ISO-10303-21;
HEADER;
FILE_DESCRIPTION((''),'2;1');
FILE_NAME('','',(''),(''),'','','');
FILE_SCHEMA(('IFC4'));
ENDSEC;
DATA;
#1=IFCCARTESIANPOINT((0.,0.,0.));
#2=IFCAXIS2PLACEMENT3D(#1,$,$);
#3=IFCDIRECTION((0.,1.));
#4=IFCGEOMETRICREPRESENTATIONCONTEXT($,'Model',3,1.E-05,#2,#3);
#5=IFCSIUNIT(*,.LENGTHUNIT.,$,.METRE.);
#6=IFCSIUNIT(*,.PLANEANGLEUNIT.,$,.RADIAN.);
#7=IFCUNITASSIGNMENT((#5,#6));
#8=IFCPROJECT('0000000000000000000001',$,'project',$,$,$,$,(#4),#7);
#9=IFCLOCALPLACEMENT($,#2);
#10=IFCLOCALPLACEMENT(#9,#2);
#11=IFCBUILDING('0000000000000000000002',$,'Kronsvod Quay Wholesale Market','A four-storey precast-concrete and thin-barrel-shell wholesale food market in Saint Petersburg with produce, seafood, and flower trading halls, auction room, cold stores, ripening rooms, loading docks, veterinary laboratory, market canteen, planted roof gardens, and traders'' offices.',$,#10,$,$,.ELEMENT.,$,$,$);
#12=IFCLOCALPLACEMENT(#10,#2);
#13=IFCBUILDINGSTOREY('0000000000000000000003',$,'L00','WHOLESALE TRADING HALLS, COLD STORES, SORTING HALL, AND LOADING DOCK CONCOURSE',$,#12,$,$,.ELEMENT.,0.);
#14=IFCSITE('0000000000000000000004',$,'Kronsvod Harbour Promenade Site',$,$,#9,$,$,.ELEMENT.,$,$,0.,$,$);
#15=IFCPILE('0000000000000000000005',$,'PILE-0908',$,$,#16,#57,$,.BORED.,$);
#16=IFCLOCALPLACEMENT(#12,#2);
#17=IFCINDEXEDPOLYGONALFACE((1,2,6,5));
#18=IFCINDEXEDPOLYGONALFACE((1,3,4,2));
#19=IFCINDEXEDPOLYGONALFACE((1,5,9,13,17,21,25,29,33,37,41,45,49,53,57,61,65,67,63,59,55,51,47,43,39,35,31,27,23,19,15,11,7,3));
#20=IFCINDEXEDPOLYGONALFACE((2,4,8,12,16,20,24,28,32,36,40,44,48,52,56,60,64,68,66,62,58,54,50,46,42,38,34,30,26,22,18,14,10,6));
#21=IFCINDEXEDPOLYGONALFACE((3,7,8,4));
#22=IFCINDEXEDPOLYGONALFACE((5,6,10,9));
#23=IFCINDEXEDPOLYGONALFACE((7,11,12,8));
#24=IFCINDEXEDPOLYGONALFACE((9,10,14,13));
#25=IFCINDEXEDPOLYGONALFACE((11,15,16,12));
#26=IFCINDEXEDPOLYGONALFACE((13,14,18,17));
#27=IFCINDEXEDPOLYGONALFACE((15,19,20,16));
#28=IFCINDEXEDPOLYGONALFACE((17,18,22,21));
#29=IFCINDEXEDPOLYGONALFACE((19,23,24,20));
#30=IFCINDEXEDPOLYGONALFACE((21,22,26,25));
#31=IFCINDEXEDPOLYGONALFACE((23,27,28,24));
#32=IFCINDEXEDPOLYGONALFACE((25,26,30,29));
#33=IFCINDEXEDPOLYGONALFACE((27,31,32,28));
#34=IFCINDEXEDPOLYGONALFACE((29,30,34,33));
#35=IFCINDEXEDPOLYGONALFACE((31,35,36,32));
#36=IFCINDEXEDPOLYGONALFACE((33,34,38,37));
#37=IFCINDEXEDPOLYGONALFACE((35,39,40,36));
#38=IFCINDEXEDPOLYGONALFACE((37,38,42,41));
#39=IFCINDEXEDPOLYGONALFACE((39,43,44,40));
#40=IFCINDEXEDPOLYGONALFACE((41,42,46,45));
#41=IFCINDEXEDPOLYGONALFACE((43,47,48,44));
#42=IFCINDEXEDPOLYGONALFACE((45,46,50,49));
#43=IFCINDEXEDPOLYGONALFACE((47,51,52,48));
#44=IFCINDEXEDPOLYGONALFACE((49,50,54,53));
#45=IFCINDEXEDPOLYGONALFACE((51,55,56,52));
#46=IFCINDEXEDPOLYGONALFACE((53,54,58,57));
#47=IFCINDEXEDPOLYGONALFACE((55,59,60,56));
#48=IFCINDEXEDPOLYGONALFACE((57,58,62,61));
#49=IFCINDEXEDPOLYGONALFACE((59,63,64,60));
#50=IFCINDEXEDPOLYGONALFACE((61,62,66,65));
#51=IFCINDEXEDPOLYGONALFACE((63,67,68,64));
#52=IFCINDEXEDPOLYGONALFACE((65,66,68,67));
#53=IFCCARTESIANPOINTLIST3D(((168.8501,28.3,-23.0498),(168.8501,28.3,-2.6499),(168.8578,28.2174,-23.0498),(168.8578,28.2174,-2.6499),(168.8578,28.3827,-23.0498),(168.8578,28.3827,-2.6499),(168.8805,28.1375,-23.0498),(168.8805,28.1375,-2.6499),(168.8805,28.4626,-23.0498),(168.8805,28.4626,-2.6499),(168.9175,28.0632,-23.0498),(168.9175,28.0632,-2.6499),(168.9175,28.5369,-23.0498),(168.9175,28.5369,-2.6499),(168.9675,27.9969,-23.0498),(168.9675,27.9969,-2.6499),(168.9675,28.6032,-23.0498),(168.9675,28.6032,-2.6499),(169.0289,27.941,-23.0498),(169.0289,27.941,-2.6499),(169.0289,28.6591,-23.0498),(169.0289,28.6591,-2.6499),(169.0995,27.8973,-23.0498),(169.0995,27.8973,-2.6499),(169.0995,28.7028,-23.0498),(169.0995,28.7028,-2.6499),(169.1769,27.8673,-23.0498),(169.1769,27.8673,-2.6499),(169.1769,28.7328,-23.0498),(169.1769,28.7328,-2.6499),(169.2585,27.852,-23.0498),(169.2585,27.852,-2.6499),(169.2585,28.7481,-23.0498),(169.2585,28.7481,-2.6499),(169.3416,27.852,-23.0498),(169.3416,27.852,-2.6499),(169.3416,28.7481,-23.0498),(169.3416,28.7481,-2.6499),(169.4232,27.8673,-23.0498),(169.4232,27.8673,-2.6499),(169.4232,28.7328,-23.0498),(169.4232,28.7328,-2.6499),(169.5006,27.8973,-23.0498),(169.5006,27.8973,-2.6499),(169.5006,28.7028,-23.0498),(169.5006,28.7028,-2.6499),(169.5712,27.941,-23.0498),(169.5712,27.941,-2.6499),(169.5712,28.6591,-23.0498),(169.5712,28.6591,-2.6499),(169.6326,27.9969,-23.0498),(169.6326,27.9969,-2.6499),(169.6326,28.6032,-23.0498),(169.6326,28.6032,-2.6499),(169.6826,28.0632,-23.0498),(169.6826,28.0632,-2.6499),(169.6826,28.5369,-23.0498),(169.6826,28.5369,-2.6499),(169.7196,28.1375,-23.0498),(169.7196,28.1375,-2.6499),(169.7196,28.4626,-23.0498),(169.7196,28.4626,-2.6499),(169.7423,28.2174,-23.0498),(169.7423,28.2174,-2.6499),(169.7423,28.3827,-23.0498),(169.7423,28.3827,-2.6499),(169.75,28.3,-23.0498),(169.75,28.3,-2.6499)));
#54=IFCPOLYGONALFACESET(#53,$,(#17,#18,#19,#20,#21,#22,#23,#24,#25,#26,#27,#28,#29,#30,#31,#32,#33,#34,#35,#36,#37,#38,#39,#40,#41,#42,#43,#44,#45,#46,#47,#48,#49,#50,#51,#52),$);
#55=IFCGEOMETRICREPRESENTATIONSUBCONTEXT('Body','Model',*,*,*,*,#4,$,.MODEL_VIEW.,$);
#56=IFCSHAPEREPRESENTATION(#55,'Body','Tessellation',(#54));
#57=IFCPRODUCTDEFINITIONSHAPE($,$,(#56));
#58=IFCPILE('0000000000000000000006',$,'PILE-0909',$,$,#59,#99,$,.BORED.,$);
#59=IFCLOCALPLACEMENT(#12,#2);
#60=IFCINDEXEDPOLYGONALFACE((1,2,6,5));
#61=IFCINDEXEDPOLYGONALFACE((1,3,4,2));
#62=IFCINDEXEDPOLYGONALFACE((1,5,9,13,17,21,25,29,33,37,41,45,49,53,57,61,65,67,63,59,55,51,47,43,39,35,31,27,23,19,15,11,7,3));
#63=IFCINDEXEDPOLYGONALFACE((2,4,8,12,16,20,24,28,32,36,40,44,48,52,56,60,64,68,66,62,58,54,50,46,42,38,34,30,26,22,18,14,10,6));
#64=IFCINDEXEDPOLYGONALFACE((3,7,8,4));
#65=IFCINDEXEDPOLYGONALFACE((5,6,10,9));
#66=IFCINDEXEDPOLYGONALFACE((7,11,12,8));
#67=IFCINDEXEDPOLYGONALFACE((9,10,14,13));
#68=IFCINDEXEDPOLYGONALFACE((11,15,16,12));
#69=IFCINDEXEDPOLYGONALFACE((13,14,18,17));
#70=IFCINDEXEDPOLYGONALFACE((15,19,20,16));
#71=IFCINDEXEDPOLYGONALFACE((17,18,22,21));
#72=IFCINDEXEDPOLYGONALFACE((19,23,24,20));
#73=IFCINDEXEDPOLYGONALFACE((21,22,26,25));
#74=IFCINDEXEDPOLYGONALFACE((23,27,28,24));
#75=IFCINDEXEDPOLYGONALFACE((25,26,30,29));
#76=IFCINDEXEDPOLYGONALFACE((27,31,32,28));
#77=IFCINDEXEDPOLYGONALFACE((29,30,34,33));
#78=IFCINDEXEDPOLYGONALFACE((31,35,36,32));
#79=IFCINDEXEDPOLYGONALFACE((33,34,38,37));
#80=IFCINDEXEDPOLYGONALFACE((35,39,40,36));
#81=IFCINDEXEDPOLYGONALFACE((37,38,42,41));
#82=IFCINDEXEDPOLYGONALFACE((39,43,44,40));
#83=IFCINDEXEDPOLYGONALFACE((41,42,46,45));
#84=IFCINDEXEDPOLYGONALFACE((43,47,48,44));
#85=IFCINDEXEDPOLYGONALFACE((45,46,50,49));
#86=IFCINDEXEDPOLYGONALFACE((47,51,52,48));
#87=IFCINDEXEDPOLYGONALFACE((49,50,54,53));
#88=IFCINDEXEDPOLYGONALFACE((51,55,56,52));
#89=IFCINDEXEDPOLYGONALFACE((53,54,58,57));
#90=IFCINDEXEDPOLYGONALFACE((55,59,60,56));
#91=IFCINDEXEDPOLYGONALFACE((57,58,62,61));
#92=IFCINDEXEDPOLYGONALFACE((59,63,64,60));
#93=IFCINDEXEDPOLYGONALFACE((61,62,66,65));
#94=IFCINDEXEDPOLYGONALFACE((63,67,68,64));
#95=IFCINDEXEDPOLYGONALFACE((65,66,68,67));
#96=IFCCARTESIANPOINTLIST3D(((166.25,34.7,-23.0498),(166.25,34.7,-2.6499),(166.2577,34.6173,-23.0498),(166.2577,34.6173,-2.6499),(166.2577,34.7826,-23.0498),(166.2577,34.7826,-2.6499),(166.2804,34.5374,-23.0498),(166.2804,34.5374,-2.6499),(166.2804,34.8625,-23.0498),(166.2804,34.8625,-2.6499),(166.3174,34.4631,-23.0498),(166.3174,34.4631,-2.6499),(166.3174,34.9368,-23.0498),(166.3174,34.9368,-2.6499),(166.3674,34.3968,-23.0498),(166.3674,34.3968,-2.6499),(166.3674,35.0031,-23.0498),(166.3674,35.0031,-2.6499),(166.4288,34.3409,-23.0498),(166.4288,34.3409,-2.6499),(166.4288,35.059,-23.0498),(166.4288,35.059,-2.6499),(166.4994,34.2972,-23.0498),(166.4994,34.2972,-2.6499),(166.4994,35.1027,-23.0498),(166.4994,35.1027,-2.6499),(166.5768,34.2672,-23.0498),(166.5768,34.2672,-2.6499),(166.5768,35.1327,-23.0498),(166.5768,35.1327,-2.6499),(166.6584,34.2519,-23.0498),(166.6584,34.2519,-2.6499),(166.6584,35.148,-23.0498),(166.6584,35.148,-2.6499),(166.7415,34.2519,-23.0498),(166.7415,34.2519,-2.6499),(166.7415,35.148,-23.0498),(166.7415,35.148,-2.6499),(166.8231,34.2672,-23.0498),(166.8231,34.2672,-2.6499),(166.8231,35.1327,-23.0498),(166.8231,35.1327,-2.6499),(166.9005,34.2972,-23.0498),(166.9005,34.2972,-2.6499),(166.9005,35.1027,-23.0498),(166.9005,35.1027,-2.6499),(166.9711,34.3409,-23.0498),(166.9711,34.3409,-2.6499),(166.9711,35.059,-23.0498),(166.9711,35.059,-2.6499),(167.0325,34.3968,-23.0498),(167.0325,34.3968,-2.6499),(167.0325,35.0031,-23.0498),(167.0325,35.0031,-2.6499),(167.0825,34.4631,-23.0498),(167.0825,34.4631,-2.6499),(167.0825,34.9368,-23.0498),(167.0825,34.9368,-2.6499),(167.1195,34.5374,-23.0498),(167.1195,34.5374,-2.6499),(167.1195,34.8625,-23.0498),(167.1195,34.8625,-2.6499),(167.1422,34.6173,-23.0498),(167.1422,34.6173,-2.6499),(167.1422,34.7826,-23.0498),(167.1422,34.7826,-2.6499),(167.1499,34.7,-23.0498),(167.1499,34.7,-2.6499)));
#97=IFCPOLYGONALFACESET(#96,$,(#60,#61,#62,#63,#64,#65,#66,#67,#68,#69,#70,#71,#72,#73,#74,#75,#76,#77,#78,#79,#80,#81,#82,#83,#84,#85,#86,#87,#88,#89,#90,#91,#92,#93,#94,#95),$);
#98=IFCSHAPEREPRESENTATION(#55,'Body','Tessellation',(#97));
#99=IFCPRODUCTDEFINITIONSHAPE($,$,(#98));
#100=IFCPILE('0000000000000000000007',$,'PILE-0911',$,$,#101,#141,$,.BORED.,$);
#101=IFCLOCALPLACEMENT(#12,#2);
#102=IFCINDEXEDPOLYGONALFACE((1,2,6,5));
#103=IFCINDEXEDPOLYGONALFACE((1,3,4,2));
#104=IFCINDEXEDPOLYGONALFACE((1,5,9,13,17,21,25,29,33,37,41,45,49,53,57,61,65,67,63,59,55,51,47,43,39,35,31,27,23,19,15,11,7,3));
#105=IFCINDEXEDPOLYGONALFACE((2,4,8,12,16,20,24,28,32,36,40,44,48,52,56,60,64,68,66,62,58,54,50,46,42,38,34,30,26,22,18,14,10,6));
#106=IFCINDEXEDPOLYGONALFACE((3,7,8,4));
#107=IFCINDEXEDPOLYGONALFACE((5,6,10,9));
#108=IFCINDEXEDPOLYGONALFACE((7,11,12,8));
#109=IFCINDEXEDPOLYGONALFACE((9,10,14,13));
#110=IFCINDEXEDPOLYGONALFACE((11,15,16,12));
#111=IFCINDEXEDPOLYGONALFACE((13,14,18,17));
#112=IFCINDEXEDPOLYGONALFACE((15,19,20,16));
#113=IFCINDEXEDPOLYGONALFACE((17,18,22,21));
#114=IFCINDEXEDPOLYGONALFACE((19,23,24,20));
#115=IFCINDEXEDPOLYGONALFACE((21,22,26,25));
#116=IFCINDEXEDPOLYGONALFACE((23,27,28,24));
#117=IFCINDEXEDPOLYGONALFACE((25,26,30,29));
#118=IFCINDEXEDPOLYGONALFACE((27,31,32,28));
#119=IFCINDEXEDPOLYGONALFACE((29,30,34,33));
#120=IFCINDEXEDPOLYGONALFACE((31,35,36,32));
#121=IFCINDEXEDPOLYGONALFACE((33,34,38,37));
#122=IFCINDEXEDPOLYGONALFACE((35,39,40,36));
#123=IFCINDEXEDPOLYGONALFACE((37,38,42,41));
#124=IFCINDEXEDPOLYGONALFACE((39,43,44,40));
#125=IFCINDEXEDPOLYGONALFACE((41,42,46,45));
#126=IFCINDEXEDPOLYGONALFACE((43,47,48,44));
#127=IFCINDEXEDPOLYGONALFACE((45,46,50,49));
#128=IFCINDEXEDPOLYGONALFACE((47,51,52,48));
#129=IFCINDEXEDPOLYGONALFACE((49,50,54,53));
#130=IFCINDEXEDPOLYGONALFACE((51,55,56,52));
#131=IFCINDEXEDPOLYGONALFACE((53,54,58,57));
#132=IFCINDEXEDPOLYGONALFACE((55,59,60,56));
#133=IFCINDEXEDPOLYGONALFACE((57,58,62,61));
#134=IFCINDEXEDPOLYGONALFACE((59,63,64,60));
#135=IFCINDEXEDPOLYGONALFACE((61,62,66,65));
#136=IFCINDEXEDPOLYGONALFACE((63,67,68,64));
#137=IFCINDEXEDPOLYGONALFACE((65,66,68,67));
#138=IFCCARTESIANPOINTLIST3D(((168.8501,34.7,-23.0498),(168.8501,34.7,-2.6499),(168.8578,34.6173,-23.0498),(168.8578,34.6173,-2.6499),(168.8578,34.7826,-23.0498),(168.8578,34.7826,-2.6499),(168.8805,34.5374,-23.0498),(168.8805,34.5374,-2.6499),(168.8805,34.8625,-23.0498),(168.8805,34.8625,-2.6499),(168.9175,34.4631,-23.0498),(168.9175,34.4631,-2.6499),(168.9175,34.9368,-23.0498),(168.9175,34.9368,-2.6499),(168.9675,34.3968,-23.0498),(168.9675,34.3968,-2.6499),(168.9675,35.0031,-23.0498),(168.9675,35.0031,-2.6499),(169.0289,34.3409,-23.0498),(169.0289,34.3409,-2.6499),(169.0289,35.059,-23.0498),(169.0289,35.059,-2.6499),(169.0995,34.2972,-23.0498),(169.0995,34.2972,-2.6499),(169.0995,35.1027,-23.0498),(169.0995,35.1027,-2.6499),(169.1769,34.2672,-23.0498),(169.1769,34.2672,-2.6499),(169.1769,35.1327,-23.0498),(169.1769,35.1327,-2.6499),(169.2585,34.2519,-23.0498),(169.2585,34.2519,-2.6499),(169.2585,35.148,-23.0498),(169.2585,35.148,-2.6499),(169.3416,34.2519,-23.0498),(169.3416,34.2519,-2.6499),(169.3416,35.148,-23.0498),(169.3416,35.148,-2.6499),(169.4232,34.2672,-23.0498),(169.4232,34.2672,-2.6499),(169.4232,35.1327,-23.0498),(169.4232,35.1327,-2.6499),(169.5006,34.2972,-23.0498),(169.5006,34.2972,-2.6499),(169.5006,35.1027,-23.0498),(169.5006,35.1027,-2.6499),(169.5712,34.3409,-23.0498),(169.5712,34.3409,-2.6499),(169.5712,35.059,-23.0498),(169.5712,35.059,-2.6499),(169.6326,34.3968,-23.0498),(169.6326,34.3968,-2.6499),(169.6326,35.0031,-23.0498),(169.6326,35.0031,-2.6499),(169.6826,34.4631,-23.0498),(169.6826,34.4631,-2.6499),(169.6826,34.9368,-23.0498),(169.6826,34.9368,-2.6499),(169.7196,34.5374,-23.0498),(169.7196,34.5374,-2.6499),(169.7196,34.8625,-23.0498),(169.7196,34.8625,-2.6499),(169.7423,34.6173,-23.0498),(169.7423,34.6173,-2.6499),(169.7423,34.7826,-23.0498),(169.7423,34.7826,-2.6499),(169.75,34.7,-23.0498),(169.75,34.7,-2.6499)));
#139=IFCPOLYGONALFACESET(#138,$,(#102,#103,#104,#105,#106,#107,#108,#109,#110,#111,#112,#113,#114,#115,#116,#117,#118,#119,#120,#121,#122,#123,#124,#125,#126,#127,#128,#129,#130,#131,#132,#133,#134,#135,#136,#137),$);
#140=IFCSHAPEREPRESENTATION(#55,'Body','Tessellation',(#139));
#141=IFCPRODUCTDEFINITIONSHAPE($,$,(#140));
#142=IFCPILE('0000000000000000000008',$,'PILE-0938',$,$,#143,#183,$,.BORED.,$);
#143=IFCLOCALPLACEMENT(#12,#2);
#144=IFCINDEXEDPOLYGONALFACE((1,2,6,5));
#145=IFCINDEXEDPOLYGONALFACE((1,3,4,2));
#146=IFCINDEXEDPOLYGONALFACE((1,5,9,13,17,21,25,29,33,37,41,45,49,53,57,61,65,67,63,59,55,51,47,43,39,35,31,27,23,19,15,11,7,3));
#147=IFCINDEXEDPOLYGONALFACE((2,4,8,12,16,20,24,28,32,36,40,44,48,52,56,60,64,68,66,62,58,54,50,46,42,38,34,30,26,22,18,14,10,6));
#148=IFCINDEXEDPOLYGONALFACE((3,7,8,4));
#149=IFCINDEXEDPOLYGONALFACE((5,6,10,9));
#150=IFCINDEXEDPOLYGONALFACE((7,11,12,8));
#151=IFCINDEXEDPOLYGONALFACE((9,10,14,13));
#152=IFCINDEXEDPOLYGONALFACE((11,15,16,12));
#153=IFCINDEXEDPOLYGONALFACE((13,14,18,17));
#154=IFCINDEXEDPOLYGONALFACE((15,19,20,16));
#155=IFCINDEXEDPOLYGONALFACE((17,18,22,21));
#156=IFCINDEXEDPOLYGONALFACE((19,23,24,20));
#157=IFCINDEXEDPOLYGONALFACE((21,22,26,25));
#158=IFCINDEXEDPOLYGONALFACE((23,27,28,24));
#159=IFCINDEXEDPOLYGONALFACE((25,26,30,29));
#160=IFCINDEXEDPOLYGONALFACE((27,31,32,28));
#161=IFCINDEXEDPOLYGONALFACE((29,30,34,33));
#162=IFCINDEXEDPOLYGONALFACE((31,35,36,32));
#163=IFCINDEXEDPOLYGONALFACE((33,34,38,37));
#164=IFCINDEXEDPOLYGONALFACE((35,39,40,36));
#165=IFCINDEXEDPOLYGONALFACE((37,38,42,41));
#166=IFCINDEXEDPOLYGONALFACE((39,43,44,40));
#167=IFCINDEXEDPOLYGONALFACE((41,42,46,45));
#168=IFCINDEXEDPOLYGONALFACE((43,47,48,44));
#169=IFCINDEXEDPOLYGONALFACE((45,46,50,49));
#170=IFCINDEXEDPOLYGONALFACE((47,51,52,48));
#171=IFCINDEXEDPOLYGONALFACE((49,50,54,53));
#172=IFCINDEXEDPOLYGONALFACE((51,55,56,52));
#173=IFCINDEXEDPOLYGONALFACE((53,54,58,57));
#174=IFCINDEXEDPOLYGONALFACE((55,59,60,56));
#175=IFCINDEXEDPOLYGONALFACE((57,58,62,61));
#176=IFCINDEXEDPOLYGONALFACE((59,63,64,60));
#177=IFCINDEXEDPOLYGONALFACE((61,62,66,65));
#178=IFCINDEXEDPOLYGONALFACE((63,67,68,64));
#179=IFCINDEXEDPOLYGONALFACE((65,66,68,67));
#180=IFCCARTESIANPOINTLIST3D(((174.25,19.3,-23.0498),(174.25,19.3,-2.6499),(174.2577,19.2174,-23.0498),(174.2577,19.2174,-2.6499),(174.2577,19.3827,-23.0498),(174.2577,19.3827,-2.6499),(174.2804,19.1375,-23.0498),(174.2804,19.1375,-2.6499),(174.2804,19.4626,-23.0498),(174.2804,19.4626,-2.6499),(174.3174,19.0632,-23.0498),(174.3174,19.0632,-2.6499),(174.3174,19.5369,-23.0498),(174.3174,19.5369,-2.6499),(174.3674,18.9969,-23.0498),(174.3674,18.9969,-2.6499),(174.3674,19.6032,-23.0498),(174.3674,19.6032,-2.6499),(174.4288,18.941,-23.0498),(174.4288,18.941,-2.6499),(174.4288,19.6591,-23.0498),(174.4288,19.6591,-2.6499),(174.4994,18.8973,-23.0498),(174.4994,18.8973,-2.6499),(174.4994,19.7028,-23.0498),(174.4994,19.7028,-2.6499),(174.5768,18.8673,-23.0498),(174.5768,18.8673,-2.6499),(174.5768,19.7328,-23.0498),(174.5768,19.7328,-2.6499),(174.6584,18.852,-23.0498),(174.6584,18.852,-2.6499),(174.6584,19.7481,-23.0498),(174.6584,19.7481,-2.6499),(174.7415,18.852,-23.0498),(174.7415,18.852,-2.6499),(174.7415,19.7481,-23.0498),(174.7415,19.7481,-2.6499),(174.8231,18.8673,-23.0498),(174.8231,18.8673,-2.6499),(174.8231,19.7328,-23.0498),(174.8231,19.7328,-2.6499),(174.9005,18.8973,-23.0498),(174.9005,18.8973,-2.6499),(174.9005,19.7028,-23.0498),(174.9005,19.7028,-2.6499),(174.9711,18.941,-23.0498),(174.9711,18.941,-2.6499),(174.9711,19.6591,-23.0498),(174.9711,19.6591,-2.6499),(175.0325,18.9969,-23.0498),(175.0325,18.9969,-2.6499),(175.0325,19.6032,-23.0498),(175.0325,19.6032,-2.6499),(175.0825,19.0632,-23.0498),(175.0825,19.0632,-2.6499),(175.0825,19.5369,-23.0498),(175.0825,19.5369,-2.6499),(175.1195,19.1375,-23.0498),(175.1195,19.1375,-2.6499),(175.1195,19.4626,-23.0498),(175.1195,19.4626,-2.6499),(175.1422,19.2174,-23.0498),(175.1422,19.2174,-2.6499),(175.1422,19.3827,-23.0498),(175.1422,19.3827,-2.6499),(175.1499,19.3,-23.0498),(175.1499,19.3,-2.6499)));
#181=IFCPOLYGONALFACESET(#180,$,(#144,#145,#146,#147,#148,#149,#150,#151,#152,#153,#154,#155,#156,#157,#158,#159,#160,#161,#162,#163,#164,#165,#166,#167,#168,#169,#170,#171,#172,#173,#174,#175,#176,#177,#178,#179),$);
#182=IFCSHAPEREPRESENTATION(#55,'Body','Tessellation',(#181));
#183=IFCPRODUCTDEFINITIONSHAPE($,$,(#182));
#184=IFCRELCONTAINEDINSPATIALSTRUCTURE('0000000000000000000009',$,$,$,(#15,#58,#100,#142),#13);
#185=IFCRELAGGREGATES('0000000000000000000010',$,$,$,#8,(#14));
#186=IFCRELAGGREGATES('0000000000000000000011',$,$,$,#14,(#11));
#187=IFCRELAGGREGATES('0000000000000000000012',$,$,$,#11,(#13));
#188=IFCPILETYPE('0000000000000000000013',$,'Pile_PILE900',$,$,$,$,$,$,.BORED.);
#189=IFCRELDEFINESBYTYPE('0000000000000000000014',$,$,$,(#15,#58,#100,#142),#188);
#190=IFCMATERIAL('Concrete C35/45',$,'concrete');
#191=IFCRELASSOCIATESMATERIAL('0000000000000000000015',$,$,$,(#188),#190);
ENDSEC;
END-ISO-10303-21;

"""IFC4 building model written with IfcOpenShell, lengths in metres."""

from ifc_helpers import new_model, si_unit, direction, frame, origin, origin_2d, place, context, subcontext, project, spatial, circle, extrude, material, material_profile, profile_set, type_object, element, save


model = new_model("IFC4")

# Units and contexts
model_context = context("Model", 3, precision=1e-05, world=origin(), true_north=direction((0.0, 1.0)))
body_context = subcontext(model_context, "Body", "Model", "MODEL_VIEW")
ifc_project = project(units=[si_unit("LENGTHUNIT", "METRE"), si_unit("PLANEANGLEUNIT", "RADIAN")], contexts=[model_context])

# Site, building, storey
site_placement = place(None, origin())
site = spatial("IfcSite", under=ifc_project, at=site_placement, Name="Kronsvod Harbour Promenade Site", CompositionType="ELEMENT", RefElevation=0.0)
building_placement = place(site_placement, origin())
building = spatial("IfcBuilding", under=site, at=building_placement, Name="Kronsvod Quay Wholesale Market", Description="A four-storey precast-concrete and thin-barrel-shell wholesale food market in Saint Petersburg with produce, seafood, and flower trading halls, auction room, cold stores, ripening rooms, loading docks, veterinary laboratory, market canteen, planted roof gardens, and traders' offices.", CompositionType="ELEMENT")
storey_placement = place(building_placement, origin())
storey = spatial("IfcBuildingStorey", under=building, at=storey_placement, Name="L00", Description="WHOLESALE TRADING HALLS, COLD STORES, SORTING HALL, AND LOADING DOCK CONCOURSE", CompositionType="ELEMENT", Elevation=0.0)

# Piles
ifc_material_1 = material(Name="Concrete C35/45", Category="concrete")
ifc_material_profile_1 = material_profile(ifc_material_1, circle(Radius=0.45, at=origin_2d()), Name="PILE900")
ifc_profile_set_1 = profile_set([ifc_material_profile_1], Name="Concrete C35/45")
pile_type = type_object("IfcPileType", Name="Pile_PILE900", PredefinedType="BORED", material=ifc_profile_set_1)
for number, where, z_axis, x_axis, name in (
    (1, (169.3, 28.3, -2.6499), (0.0, 0.0, -1.0), (1.0, 0.0, 0.0), "PILE-0908"),
    (2, (166.7, 34.7, -2.6499), (0.0, 0.0, -1.0), (1.0, 0.0, 0.0), "PILE-0909"),
    (3, (169.3, 34.7, -2.6499), (0.0, 0.0, -1.0), (1.0, 0.0, 0.0), "PILE-0911"),
    (4, (174.7, 19.3, -2.6499), (0.0, 0.0, -1.0), (1.0, 0.0, 0.0), "PILE-0938"),
):
    element("IfcPile", number, at=place(storey_placement, frame(where, z_axis=z_axis, x_axis=x_axis)), inside=storey, type_object=pile_type, Name=name, PredefinedType="BORED", context=body_context, shape_type="SweptSolid", body=[
        extrude(circle(Radius=0.45, at=origin_2d()), origin(), (0.0, 0.0, 1.0), 20.3999),
    ])

save(model, "model.ifc")
